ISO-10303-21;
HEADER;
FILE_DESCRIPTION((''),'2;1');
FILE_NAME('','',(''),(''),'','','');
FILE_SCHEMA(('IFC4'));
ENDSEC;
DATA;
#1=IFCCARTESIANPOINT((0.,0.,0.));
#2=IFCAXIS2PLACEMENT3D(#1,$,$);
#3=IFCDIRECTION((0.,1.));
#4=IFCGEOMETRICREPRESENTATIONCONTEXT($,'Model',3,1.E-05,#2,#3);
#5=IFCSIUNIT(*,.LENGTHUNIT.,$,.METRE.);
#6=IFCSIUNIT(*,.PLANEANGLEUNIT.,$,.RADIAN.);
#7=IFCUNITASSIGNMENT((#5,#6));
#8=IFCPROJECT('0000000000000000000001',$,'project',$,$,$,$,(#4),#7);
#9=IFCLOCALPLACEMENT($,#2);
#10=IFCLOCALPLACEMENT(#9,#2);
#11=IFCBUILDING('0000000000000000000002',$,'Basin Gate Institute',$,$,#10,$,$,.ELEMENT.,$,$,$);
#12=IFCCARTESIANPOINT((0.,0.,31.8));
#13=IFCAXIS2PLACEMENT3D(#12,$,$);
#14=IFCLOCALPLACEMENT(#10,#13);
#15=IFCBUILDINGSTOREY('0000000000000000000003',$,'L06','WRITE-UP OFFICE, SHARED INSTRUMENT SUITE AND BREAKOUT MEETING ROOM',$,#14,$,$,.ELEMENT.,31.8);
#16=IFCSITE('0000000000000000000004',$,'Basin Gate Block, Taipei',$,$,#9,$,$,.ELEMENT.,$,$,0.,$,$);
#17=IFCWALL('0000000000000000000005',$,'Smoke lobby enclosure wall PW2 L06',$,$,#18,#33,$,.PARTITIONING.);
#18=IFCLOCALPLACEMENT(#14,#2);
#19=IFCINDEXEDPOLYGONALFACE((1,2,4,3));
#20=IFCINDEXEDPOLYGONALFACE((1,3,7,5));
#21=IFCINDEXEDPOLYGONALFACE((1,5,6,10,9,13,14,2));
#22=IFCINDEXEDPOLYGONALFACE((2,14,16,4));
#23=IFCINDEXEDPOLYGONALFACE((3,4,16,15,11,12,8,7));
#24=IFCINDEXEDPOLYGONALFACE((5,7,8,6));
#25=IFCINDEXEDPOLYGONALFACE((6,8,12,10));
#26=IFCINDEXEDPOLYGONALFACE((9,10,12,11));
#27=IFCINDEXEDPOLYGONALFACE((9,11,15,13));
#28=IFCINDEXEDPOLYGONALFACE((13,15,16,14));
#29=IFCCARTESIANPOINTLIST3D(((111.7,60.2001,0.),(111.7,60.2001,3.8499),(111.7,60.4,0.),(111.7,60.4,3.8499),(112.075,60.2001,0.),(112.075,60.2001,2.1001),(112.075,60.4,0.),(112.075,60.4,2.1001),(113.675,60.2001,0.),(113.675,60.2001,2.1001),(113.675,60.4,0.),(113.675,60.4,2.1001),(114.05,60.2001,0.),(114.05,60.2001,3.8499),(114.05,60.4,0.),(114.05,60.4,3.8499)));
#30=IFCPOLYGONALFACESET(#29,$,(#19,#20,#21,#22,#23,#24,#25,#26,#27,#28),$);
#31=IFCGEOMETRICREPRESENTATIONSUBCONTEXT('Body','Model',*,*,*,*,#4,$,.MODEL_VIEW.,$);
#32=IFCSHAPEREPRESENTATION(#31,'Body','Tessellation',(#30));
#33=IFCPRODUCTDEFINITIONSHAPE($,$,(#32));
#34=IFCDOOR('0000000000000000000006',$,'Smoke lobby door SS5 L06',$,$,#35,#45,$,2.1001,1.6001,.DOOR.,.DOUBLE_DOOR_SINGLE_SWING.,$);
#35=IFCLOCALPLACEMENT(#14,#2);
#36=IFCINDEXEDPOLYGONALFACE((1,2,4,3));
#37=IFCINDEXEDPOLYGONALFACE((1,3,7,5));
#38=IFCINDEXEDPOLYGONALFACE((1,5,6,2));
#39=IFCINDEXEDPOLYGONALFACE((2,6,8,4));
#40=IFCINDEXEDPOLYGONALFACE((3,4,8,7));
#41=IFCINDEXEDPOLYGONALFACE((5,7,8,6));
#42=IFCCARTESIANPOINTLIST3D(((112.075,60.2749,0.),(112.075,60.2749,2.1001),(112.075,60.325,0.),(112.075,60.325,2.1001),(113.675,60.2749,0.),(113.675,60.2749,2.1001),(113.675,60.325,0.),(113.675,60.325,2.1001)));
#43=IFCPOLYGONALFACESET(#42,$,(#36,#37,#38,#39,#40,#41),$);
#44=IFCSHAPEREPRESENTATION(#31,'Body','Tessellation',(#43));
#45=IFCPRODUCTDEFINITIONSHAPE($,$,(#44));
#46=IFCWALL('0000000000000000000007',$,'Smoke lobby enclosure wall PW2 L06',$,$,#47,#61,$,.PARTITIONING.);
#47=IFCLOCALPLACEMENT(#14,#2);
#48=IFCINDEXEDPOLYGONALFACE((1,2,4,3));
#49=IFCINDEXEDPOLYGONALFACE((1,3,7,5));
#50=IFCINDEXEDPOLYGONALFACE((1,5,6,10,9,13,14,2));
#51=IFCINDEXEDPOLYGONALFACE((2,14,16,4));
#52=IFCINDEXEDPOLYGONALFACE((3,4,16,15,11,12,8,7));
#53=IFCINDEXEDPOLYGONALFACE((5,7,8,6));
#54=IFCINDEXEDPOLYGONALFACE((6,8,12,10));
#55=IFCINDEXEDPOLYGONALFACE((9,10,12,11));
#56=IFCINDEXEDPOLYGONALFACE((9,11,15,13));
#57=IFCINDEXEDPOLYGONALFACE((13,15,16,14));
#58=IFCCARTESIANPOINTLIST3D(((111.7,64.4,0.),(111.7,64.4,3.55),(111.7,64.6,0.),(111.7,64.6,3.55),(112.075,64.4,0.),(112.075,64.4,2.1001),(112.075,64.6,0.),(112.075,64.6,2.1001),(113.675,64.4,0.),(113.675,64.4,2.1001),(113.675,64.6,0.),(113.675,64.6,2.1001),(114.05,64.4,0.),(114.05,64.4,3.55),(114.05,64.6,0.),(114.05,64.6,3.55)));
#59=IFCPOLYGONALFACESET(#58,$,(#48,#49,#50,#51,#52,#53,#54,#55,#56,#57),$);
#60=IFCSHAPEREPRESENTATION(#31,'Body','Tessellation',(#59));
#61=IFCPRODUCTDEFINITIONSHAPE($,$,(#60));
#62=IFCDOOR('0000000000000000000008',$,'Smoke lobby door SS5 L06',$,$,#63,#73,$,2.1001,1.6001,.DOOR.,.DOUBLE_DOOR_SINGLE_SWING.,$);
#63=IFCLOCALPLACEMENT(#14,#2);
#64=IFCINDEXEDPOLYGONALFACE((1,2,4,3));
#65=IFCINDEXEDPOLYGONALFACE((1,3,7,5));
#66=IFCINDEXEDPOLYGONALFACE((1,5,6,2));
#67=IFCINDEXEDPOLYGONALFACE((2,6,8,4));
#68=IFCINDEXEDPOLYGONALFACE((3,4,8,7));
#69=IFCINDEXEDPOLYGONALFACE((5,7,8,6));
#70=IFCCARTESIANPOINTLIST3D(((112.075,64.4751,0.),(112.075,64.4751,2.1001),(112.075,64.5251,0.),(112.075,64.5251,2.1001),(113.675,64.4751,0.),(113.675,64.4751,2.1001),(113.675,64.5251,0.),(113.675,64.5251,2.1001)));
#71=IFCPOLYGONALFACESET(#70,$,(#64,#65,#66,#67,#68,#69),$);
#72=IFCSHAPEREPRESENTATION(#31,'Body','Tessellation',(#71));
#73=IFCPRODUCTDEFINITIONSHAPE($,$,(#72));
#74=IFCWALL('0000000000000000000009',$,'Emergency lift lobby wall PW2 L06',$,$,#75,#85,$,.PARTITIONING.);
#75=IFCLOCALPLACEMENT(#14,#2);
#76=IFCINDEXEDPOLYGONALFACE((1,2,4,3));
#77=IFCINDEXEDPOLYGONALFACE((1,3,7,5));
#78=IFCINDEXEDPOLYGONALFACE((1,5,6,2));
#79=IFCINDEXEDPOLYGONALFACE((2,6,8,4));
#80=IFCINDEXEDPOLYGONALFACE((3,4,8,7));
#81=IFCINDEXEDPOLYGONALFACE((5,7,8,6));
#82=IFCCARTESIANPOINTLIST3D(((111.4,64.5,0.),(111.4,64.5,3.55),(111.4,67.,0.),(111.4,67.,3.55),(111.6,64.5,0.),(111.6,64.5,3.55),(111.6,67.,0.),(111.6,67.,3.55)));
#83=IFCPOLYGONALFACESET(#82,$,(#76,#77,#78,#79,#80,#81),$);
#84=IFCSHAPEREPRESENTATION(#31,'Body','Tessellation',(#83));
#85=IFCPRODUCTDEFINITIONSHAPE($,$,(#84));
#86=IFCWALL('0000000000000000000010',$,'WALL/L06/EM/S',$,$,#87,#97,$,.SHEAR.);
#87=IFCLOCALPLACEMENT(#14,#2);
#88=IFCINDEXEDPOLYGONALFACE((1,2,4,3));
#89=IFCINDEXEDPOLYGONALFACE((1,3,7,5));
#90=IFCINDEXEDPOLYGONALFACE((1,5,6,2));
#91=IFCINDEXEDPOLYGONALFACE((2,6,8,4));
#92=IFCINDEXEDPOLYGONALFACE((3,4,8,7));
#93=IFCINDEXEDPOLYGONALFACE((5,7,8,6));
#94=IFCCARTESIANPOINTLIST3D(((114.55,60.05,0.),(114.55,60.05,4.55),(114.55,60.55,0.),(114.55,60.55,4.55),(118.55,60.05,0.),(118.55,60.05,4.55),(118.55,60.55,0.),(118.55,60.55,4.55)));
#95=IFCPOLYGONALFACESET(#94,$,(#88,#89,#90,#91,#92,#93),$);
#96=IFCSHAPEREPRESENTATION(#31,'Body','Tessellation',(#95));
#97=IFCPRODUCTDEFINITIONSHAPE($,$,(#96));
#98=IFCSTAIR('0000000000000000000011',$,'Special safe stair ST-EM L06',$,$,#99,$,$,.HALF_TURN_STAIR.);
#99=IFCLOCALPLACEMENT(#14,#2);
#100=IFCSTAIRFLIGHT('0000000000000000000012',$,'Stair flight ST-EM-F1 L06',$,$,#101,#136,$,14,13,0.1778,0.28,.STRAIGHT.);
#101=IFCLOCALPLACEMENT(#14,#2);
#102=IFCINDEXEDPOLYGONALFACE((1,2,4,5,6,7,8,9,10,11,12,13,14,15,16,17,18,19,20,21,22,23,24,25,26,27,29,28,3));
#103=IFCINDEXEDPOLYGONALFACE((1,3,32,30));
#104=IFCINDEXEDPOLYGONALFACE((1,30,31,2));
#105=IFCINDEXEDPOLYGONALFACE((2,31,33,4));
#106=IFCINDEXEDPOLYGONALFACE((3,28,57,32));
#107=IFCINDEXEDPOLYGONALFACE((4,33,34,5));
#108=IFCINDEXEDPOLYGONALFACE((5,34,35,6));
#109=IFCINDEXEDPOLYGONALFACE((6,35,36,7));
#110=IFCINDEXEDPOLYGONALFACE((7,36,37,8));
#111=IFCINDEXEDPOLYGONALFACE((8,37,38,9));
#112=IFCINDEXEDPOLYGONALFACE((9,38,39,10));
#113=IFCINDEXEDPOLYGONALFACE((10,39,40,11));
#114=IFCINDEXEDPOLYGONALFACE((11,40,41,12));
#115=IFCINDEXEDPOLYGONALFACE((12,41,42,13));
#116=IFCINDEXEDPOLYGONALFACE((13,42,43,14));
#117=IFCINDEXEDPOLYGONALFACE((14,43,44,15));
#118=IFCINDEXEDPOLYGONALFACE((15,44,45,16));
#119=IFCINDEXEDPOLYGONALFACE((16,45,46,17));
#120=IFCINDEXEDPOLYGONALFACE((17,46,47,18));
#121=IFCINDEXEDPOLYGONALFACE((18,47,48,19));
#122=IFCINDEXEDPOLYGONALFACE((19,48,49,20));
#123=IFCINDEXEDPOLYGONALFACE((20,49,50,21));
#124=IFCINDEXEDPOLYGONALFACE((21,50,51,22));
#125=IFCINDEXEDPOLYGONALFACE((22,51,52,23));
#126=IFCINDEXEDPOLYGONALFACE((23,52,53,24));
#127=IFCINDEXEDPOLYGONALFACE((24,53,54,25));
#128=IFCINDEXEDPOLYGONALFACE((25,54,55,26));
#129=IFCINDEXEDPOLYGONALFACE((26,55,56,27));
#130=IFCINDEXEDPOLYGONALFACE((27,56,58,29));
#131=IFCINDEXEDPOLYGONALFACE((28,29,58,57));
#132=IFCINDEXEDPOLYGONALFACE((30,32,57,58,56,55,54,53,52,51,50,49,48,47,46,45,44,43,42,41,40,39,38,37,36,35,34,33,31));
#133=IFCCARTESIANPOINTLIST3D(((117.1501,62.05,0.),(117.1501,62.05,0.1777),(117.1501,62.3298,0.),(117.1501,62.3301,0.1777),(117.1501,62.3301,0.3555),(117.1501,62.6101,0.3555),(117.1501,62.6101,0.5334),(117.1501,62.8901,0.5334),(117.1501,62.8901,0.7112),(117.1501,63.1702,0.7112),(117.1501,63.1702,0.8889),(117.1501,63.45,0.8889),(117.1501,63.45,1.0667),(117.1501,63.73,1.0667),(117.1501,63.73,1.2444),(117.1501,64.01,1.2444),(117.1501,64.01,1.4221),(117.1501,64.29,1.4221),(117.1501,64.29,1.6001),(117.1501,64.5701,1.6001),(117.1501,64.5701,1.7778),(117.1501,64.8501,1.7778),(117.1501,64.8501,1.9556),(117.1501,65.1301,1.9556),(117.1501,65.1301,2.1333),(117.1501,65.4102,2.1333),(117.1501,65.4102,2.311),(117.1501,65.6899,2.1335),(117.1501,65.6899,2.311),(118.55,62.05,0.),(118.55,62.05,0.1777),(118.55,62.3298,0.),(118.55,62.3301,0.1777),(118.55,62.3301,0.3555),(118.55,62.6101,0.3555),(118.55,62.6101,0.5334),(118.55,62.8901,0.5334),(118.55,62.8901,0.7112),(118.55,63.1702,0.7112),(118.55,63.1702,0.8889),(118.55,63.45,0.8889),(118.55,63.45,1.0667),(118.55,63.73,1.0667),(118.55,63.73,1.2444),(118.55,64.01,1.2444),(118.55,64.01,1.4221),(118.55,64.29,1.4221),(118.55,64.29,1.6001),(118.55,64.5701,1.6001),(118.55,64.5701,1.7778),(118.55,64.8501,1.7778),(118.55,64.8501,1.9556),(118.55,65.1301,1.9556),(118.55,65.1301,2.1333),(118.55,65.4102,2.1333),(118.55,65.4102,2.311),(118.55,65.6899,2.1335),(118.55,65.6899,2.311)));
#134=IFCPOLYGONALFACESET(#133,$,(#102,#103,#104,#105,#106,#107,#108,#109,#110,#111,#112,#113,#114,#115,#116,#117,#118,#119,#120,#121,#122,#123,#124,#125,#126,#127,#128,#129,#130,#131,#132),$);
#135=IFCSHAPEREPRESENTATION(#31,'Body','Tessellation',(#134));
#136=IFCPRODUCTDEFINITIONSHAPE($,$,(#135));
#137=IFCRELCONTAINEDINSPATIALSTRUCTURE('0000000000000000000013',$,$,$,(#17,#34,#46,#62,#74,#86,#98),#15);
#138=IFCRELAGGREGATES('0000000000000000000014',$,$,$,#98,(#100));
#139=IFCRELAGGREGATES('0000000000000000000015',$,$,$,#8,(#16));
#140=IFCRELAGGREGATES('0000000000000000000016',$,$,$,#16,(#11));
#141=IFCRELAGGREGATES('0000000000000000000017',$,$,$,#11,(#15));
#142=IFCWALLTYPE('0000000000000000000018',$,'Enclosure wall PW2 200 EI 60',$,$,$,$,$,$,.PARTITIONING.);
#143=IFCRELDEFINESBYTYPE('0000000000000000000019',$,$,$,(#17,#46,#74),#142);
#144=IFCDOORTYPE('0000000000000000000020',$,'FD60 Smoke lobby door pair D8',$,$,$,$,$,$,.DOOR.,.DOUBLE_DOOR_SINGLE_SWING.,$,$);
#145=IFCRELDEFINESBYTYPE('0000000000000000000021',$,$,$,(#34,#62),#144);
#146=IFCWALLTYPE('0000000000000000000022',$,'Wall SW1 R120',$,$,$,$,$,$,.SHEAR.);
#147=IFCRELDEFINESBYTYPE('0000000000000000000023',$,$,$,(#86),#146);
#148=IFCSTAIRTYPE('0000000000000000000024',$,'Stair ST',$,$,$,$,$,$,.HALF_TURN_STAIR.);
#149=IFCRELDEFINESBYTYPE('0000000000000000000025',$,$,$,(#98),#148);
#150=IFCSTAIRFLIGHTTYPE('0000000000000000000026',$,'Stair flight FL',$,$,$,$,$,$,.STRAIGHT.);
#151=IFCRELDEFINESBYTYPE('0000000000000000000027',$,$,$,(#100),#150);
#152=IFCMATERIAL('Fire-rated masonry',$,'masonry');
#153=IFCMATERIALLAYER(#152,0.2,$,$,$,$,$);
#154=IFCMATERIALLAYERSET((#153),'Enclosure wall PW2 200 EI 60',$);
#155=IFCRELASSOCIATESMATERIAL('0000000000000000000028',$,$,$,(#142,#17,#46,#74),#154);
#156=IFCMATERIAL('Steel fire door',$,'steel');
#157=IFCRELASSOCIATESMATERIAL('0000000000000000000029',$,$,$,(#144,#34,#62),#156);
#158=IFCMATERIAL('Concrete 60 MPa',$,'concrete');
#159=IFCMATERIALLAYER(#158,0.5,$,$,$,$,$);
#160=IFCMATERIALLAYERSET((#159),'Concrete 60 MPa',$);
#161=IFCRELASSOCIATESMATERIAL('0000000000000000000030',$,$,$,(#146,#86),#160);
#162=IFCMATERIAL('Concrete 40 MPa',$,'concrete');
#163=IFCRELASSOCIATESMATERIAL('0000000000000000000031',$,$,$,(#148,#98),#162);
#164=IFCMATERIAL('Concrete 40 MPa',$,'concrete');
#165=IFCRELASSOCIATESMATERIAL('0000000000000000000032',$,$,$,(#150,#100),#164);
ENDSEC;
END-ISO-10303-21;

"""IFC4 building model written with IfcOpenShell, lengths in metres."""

from ifc_helpers import new_model, si_unit, direction, frame, frame_2d, origin, place, context, subcontext, project, spatial, polyline, rectangle, outline, extrude, material, layer, layer_set, type_object, element, fill, aggregate, save


model = new_model("IFC4")

# Units and contexts
model_context = context("Model", 3, precision=1e-05, world=origin(), true_north=direction((0.0, 1.0)))
body_context = subcontext(model_context, "Body", "Model", "MODEL_VIEW")
ifc_project = project(units=[si_unit("LENGTHUNIT", "METRE"), si_unit("PLANEANGLEUNIT", "RADIAN")], contexts=[model_context])

# Site, building, storey
site_placement = place(None, origin())
site = spatial("IfcSite", under=ifc_project, at=site_placement, Name="Basin Gate Block, Taipei", CompositionType="ELEMENT", RefElevation=0.0)
building_placement = place(site_placement, origin())
building = spatial("IfcBuilding", under=site, at=building_placement, Name="Basin Gate Institute", CompositionType="ELEMENT")
storey_placement = place(building_placement, frame((0.0, 0.0, 31.8)))
storey = spatial("IfcBuildingStorey", under=building, at=storey_placement, Name="L06", Description="WRITE-UP OFFICE, SHARED INSTRUMENT SUITE AND BREAKOUT MEETING ROOM", CompositionType="ELEMENT", Elevation=31.8)

# Walls, openings, doors
ifc_material_1 = material(Name="Fire-rated masonry", Category="masonry")
ifc_layer_1 = layer(ifc_material_1, 0.2)
ifc_layer_set_1 = layer_set([ifc_layer_1], Name="Enclosure wall PW2 200 EI 60")
wall_type_1 = type_object("IfcWallType", Name="Enclosure wall PW2 200 EI 60", PredefinedType="PARTITIONING", material=ifc_layer_set_1)
wall_1_placement = place(storey_placement, frame((114.05, 60.3, 0.0), z_axis=(0.0, 0.0, 1.0), x_axis=(-1.0, 0.0, 0.0)))
wall_1 = element("IfcWall", 1, at=wall_1_placement, inside=storey, type_object=wall_type_1, material=ifc_layer_set_1, Name="Smoke lobby enclosure wall PW2 L06", PredefinedType="PARTITIONING", context=body_context, shape_type="SweptSolid", body=[
    extrude(rectangle(XDim=2.3501, YDim=0.2, at=frame_2d((1.175, 0.0))), origin(), (0.0, 0.0, 1.0), 3.8499),
])
opening_1_placement = place(wall_1_placement, frame((0.375, 0.0, 0.0)))
opening_1 = element("IfcOpeningElement", 2, at=opening_1_placement, cuts=wall_1, PredefinedType="OPENING", context=body_context, shape_type="SweptSolid", body=[
    extrude(rectangle(XDim=1.6001, YDim=2.1001, at=frame_2d((0.8, 1.05))), frame((0.0, 0.1099, 0.0), z_axis=(0.0, -1.0, 0.0), x_axis=(1.0, 0.0, 0.0)), (0.0, 0.0, 1.0), 0.22),
])
ifc_material_2 = material(Name="Steel fire door", Category="steel")
door_type = type_object("IfcDoorType", Name="FD60 Smoke lobby door pair D8", OperationType="DOUBLE_DOOR_SINGLE_SWING", PredefinedType="DOOR", material=ifc_material_2)
door_1_placement = place(opening_1_placement, frame((1.6001, 0.0, 0.0), z_axis=(0.0, 0.0, 1.0), x_axis=(-1.0, 0.0, 0.0)))
door_1 = element("IfcDoor", 3, at=door_1_placement, inside=storey, type_object=door_type, material=ifc_material_2, Name="Smoke lobby door SS5 L06", OperationType="DOUBLE_DOOR_SINGLE_SWING", OverallHeight=2.1001, OverallWidth=1.6001, PredefinedType="DOOR", context=body_context, shape_type="SweptSolid", body=[
    extrude(rectangle(XDim=1.6001, YDim=2.1001, at=frame_2d((0.8, 1.05))), frame((0.0, 0.0249, 0.0), z_axis=(0.0, -1.0, 0.0), x_axis=(1.0, 0.0, 0.0)), (0.0, 0.0, 1.0), 0.05),
])
fill(opening_1, door_1)
wall_2_placement = place(storey_placement, frame((114.05, 64.5, 0.0), z_axis=(0.0, 0.0, 1.0), x_axis=(-1.0, 0.0, 0.0)))
wall_2 = element("IfcWall", 4, at=wall_2_placement, inside=storey, type_object=wall_type_1, material=ifc_layer_set_1, Name="Smoke lobby enclosure wall PW2 L06", PredefinedType="PARTITIONING", context=body_context, shape_type="SweptSolid", body=[
    extrude(rectangle(XDim=2.3501, YDim=0.2, at=frame_2d((1.175, 0.0))), origin(), (0.0, 0.0, 1.0), 3.55),
])
opening_2_placement = place(wall_2_placement, frame((0.375, 0.0, 0.0)))
opening_2 = element("IfcOpeningElement", 5, at=opening_2_placement, cuts=wall_2, PredefinedType="OPENING", context=body_context, shape_type="SweptSolid", body=[
    extrude(rectangle(XDim=1.6001, YDim=2.1001, at=frame_2d((0.8, 1.05))), frame((0.0, 0.1099, 0.0), z_axis=(0.0, -1.0, 0.0), x_axis=(1.0, 0.0, 0.0)), (0.0, 0.0, 1.0), 0.22),
])
door_2_placement = place(opening_2_placement, origin())
door_2 = element("IfcDoor", 6, at=door_2_placement, inside=storey, type_object=door_type, material=ifc_material_2, Name="Smoke lobby door SS5 L06", OperationType="DOUBLE_DOOR_SINGLE_SWING", OverallHeight=2.1001, OverallWidth=1.6001, PredefinedType="DOOR", context=body_context, shape_type="SweptSolid", body=[
    extrude(rectangle(XDim=1.6001, YDim=2.1001, at=frame_2d((0.8, 1.05))), frame((0.0, 0.0249, 0.0), z_axis=(0.0, -1.0, 0.0), x_axis=(1.0, 0.0, 0.0)), (0.0, 0.0, 1.0), 0.05),
])
fill(opening_2, door_2)

# Walls
wall_3_placement = place(storey_placement, frame((111.5, 64.5, 0.0), z_axis=(0.0, 0.0, 1.0), x_axis=(0.0, 1.0, 0.0)))
element("IfcWall", 7, at=wall_3_placement, inside=storey, type_object=wall_type_1, material=ifc_layer_set_1, Name="Emergency lift lobby wall PW2 L06", PredefinedType="PARTITIONING", context=body_context, shape_type="SweptSolid", body=[
    extrude(rectangle(XDim=2.5, YDim=0.2, at=frame_2d((1.25, 0.0))), origin(), (0.0, 0.0, 1.0), 3.55),
])
ifc_material_3 = material(Name="Concrete 60 MPa", Category="concrete")
ifc_layer_2 = layer(ifc_material_3, 0.5)
ifc_layer_set_2 = layer_set([ifc_layer_2], Name="Concrete 60 MPa")
wall_type_2 = type_object("IfcWallType", Name="Wall SW1 R120", PredefinedType="SHEAR", material=ifc_layer_set_2)
wall_4_placement = place(storey_placement, frame((118.55, 60.3, 0.0), z_axis=(0.0, 0.0, 1.0), x_axis=(-1.0, 0.0, 0.0)))
element("IfcWall", 8, at=wall_4_placement, inside=storey, type_object=wall_type_2, material=ifc_layer_set_2, Name="WALL/L06/EM/S", PredefinedType="SHEAR", context=body_context, shape_type="SweptSolid", body=[
    extrude(rectangle(XDim=4.0, YDim=0.5, at=frame_2d((2.0, 0.0))), origin(), (0.0, 0.0, 1.0), 4.55),
])

# Stair, stair flight
ifc_material_4 = material(Name="Concrete 40 MPa", Category="concrete")
stair_type = type_object("IfcStairType", Name="Stair ST", PredefinedType="HALF_TURN_STAIR", material=ifc_material_4)
stair_placement = place(storey_placement, origin())
stair = element("IfcStair", 9, at=stair_placement, inside=storey, type_object=stair_type, material=ifc_material_4, Name="Special safe stair ST-EM L06", PredefinedType="HALF_TURN_STAIR")
ifc_material_5 = material(Name="Concrete 40 MPa", Category="concrete")
stair_flight_type = type_object("IfcStairFlightType", Name="Stair flight FL", PredefinedType="STRAIGHT", material=ifc_material_5)
stair_flight_placement = place(storey_placement, frame((117.8501, 62.05, 0.0), z_axis=(0.0, 0.0, 1.0), x_axis=(0.0, 1.0, 0.0)))
stair_flight = element("IfcStairFlight", 10, at=stair_flight_placement, type_object=stair_flight_type, material=ifc_material_5, Name="Stair flight ST-EM-F1 L06", NumberOfRisers=14, NumberOfTreads=13, PredefinedType="STRAIGHT", RiserHeight=0.1778, TreadLength=0.28, context=body_context, shape_type="SweptSolid", body=[
    extrude(outline(polyline([(0.0, 0.0), (0.0, 0.1777), (0.28, 0.1777), (0.28, 0.3555), (0.5601, 0.3555), (0.5601, 0.5334), (0.8401, 0.5334), (0.8401, 0.7112), (1.1201, 0.7112), (1.1201, 0.8889), (1.3999, 0.8889), (1.3999, 1.0667), (1.6799, 1.0667), (1.6799, 1.2444), (1.96, 1.2444), (1.96, 1.4221), (2.24, 1.4221), (2.24, 1.6001), (2.52, 1.6001), (2.52, 1.7778), (2.8, 1.7778), (2.8, 1.9556), (3.0801, 1.9556), (3.0801, 2.1333), (3.3601, 2.1333), (3.3601, 2.311), (3.6399, 2.311), (3.6399, 2.4888), (3.6399, 2.1335), (0.2798, 0.0), (0.0, 0.0)])), frame((0.0, 0.7, 0.0), z_axis=(0.0, -1.0, 0.0), x_axis=(1.0, 0.0, 0.0)), (0.0, 0.0, 1.0), 1.3999),
])
aggregate(stair, [stair_flight])

save(model, "model.ifc")
